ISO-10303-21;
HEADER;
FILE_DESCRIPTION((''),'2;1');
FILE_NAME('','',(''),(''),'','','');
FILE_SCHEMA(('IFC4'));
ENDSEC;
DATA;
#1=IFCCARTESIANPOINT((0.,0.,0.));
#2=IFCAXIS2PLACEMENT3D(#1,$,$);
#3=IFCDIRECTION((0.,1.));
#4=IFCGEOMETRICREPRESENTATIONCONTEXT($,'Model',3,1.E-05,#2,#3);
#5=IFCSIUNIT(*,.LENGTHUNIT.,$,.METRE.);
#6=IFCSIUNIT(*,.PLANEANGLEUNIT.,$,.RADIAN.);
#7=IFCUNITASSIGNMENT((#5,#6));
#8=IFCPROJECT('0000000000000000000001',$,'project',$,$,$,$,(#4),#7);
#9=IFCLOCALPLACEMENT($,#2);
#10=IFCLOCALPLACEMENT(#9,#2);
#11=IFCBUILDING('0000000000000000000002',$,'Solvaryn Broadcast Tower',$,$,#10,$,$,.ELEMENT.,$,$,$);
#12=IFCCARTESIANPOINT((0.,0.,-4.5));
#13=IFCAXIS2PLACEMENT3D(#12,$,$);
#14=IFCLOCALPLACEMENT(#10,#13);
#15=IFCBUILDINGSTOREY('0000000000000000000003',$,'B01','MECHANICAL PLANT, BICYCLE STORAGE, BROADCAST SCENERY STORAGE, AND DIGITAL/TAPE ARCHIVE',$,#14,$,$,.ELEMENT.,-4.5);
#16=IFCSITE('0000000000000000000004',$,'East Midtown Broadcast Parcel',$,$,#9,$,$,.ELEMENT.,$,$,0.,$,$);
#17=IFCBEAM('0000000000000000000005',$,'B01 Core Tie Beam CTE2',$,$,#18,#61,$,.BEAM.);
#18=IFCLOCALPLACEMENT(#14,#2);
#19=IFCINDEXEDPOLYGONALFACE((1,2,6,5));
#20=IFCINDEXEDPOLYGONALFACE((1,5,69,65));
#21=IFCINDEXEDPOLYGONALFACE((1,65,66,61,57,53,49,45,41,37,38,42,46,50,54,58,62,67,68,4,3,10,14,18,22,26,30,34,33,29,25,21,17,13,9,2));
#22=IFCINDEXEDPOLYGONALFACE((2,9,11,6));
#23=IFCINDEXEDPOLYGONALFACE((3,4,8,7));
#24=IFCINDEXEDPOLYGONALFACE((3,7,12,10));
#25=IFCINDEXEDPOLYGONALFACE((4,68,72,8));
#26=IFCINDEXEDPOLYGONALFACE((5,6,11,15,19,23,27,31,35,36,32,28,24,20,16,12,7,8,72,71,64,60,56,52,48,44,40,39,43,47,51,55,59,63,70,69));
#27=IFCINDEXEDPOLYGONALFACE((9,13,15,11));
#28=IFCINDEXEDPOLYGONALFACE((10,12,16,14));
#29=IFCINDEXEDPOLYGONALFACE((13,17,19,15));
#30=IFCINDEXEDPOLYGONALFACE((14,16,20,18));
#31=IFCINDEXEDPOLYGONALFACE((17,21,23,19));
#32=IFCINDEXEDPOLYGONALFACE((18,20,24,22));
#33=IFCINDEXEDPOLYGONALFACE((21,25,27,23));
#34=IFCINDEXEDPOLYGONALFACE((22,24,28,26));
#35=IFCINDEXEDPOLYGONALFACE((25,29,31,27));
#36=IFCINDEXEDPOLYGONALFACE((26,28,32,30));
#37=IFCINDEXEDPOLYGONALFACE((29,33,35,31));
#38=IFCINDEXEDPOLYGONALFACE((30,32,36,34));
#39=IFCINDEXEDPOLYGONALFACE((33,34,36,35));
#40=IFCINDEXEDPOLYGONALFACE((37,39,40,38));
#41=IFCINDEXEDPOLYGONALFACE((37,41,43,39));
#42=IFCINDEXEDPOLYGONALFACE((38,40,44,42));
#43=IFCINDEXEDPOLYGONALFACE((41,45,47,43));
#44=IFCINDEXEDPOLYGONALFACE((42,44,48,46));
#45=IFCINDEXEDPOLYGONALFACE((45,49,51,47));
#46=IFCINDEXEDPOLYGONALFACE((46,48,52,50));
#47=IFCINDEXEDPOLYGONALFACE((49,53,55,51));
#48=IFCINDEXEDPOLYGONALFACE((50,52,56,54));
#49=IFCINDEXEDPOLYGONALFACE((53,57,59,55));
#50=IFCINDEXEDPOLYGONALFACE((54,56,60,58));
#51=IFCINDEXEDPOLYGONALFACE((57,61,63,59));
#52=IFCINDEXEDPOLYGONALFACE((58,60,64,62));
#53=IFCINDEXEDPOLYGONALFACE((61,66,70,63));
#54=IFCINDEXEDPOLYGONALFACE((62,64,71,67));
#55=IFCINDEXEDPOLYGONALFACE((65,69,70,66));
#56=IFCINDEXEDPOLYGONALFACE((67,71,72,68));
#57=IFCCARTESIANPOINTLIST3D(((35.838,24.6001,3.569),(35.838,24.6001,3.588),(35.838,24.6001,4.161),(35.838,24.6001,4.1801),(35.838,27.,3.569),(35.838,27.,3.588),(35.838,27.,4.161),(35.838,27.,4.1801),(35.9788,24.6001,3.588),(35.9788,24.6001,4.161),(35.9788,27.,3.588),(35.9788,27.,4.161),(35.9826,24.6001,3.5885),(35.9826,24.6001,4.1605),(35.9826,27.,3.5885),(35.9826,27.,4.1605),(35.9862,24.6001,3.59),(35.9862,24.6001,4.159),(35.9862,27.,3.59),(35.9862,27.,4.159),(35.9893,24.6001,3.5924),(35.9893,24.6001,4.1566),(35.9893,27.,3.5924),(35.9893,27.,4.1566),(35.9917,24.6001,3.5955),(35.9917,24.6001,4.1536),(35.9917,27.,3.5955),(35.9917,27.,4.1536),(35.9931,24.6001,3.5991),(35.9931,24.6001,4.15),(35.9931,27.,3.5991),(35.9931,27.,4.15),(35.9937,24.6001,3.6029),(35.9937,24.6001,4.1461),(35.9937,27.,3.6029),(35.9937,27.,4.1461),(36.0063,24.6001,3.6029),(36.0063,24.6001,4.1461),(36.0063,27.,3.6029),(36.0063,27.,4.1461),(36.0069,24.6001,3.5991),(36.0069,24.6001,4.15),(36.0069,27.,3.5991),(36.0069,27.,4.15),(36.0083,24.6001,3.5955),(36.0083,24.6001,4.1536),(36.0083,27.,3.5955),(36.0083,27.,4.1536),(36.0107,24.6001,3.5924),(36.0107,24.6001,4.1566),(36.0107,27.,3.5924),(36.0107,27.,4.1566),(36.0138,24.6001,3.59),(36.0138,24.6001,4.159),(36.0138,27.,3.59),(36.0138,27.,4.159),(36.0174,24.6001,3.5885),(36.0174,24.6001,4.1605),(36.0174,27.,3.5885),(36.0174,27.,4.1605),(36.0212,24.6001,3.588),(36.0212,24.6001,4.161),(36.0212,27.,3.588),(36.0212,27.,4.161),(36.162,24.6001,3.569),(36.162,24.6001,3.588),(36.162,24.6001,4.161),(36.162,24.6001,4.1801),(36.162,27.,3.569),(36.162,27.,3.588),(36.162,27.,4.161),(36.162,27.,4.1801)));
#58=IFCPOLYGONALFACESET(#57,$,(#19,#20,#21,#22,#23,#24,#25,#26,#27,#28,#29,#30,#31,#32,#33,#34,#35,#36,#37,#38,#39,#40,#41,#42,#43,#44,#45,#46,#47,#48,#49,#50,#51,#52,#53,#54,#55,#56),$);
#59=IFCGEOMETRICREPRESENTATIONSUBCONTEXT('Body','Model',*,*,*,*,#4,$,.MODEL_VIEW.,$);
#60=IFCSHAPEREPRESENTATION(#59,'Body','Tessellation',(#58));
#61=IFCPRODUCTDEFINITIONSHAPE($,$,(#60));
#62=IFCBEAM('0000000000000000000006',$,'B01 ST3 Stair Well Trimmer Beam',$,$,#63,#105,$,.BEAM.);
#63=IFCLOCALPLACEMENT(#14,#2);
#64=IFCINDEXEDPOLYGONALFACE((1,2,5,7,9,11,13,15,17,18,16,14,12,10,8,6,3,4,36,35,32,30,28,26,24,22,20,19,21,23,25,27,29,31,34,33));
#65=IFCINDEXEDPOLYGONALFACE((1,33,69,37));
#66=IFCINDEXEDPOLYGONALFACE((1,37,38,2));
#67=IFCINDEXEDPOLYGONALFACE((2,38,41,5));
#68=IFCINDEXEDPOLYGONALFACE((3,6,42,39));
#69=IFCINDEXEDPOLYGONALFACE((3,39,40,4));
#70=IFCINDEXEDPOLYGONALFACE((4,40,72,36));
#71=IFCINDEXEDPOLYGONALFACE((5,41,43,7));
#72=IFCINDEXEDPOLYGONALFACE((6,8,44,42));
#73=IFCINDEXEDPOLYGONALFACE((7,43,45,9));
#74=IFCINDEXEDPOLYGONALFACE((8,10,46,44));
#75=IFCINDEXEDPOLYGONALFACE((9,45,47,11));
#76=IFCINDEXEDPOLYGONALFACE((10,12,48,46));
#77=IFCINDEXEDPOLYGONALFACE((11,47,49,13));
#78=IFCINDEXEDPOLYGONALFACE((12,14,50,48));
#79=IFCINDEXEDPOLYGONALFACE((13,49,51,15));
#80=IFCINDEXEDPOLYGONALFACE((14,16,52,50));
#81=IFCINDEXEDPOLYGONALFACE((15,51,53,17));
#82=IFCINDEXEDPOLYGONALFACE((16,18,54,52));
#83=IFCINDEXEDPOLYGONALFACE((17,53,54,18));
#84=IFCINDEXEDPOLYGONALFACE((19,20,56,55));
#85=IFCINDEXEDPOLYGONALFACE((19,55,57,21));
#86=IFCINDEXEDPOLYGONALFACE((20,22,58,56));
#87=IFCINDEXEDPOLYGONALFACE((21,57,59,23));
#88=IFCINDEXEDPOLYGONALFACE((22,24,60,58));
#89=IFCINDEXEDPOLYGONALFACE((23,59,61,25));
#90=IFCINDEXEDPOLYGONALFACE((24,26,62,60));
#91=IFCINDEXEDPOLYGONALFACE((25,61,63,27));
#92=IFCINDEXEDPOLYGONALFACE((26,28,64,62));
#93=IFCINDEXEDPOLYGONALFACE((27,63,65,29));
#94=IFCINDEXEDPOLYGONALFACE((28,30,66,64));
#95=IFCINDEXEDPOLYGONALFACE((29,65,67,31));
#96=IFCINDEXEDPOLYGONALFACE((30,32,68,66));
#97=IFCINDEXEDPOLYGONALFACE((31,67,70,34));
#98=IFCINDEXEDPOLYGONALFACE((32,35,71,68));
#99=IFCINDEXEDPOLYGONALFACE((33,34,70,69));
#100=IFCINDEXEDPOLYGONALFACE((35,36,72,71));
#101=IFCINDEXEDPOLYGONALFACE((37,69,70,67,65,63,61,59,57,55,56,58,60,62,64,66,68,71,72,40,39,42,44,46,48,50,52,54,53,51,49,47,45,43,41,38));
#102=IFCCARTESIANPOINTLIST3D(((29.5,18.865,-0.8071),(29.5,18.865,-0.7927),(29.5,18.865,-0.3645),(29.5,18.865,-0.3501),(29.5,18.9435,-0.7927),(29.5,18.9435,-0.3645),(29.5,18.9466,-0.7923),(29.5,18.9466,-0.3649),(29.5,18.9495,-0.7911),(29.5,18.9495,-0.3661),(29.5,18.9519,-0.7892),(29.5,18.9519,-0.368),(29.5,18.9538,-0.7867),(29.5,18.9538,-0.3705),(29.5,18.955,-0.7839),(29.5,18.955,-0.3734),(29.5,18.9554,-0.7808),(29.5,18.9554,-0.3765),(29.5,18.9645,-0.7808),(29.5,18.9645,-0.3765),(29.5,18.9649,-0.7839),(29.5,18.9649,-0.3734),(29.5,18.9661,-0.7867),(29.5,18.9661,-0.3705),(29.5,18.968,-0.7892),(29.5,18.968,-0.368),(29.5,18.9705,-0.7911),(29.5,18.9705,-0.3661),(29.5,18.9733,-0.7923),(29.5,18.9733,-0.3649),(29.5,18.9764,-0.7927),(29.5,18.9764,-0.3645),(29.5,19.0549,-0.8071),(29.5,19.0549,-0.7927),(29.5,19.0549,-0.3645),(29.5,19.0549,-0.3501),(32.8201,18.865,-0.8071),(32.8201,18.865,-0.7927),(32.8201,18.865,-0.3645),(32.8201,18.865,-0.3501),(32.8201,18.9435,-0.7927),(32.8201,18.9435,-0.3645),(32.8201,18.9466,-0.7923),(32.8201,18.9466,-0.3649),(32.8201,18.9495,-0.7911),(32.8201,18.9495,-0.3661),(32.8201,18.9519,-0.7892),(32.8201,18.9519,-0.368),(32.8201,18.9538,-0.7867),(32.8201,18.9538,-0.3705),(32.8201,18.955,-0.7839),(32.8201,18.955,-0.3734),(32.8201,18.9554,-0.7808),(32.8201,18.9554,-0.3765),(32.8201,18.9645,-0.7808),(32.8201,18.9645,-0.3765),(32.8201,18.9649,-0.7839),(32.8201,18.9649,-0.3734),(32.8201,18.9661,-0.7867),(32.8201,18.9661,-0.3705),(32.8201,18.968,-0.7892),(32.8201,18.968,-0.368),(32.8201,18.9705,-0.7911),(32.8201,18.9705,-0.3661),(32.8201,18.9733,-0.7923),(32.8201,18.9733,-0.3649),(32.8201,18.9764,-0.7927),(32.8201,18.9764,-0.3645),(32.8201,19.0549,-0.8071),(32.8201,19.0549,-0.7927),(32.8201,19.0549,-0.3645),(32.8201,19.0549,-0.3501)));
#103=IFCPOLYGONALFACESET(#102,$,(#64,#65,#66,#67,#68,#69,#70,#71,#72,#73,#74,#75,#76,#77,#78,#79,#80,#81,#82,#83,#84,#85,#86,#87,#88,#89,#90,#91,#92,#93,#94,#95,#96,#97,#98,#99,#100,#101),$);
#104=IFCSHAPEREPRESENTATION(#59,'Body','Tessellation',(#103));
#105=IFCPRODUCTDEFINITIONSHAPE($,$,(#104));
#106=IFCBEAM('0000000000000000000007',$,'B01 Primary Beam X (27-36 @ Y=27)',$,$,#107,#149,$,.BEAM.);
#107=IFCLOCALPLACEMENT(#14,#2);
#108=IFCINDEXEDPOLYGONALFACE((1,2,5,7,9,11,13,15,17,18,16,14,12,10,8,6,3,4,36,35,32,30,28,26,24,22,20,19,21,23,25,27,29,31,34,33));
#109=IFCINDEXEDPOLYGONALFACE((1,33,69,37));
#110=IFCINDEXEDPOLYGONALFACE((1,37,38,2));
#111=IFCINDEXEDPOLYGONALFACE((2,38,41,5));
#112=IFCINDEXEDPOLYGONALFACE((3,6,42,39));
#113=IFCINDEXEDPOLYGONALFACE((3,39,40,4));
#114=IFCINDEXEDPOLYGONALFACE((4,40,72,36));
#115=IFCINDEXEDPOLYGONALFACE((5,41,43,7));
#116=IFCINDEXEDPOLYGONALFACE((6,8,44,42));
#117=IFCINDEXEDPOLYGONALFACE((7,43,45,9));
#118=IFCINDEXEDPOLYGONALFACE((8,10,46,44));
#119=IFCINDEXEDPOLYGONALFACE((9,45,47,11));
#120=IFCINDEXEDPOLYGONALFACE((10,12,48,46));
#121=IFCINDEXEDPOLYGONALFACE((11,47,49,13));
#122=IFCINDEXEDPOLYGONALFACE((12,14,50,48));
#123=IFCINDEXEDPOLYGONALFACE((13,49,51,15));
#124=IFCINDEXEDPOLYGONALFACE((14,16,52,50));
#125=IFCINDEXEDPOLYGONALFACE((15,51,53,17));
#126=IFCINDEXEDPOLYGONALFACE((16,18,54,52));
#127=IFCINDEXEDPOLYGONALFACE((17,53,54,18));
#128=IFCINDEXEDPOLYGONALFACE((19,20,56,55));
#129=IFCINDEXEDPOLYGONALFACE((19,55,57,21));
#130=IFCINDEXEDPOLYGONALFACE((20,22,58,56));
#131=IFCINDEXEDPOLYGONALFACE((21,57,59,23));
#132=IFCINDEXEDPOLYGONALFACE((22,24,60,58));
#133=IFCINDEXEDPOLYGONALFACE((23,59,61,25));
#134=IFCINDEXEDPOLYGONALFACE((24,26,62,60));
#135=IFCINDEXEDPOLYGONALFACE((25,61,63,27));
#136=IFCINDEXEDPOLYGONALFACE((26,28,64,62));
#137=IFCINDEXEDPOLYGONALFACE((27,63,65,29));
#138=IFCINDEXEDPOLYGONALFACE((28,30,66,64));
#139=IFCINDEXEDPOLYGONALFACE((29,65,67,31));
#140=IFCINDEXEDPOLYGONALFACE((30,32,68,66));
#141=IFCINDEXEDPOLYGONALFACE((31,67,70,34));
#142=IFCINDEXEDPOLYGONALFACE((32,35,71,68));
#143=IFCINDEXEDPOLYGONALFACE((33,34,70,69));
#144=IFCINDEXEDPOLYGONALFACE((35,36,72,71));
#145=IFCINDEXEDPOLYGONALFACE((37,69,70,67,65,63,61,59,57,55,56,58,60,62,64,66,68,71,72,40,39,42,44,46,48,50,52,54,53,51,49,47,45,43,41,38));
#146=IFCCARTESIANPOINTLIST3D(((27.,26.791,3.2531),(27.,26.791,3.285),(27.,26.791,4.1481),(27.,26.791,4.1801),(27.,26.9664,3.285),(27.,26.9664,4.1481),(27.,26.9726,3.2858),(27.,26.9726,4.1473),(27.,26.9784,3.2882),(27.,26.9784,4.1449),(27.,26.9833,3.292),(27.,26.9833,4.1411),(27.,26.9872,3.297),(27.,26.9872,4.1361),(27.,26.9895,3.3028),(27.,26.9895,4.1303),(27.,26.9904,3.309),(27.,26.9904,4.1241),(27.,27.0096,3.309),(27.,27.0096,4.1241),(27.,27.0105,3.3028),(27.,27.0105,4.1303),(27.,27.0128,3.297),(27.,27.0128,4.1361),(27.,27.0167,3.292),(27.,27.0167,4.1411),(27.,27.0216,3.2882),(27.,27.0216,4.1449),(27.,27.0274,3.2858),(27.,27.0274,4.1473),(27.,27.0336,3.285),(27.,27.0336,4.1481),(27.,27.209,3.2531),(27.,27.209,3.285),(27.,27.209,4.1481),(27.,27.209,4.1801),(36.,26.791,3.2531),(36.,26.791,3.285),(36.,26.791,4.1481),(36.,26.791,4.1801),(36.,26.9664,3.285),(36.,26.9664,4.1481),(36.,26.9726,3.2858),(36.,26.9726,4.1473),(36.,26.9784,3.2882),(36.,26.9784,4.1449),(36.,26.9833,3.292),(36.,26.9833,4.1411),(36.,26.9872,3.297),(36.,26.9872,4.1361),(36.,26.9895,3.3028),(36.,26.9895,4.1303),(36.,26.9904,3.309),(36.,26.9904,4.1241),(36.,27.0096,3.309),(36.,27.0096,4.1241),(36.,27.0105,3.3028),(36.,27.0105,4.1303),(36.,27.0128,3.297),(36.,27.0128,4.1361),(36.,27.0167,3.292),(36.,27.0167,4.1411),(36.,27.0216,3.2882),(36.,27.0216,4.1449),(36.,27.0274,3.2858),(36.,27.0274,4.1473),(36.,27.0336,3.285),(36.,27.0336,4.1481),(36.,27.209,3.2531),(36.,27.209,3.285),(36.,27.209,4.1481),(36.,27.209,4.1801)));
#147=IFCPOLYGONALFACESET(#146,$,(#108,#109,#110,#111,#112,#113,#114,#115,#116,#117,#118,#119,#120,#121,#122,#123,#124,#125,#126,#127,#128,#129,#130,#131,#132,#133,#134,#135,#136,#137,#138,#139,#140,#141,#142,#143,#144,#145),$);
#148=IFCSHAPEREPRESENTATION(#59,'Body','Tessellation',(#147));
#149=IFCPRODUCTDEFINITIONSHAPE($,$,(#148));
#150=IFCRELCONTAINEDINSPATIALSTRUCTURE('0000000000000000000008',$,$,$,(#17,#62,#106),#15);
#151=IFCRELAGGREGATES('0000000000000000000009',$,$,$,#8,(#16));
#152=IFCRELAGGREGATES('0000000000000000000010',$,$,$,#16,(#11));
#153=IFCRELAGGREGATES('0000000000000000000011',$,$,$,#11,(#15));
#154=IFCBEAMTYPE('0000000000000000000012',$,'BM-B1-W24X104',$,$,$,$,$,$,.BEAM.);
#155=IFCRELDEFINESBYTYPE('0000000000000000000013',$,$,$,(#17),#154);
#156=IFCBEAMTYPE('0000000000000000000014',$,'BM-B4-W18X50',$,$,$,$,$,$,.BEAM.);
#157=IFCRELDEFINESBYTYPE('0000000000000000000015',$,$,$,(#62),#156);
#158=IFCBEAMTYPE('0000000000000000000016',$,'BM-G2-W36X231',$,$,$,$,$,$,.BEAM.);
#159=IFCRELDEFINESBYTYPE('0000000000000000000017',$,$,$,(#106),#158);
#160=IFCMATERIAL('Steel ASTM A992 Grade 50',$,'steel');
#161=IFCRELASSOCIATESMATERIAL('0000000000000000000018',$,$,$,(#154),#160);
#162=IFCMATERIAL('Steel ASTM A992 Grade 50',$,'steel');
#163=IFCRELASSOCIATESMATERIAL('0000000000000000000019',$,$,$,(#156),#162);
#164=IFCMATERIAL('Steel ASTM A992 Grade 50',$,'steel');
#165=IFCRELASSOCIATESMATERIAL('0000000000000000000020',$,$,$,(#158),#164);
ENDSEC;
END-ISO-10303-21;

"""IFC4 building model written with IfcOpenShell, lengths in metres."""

from ifc_helpers import new_model, si_unit, direction, frame, origin, origin_2d, place, context, subcontext, project, spatial, i_section, extrude, material, material_profile, profile_set, type_object, element, save


model = new_model("IFC4")

# Units and contexts
model_context = context("Model", 3, precision=1e-05, world=origin(), true_north=direction((0.0, 1.0)))
body_context = subcontext(model_context, "Body", "Model", "MODEL_VIEW")
ifc_project = project(units=[si_unit("LENGTHUNIT", "METRE"), si_unit("PLANEANGLEUNIT", "RADIAN")], contexts=[model_context])

# Site, building, storey
site_placement = place(None, origin())
site = spatial("IfcSite", under=ifc_project, at=site_placement, Name="East Midtown Broadcast Parcel", CompositionType="ELEMENT", RefElevation=0.0)
building_placement = place(site_placement, origin())
building = spatial("IfcBuilding", under=site, at=building_placement, Name="Solvaryn Broadcast Tower", CompositionType="ELEMENT")
storey_placement = place(building_placement, frame((0.0, 0.0, -4.5)))
storey = spatial("IfcBuildingStorey", under=building, at=storey_placement, Name="B01", Description="MECHANICAL PLANT, BICYCLE STORAGE, BROADCAST SCENERY STORAGE, AND DIGITAL/TAPE ARCHIVE", CompositionType="ELEMENT", Elevation=-4.5)

# Beams
ifc_material_1 = material(Name="Steel ASTM A992 Grade 50", Category="steel")
ifc_material_profile_1 = material_profile(ifc_material_1, i_section(OverallWidth=0.324, OverallDepth=0.6111, WebThickness=0.0127, FlangeThickness=0.019, FilletRadius=0.0149, at=origin_2d()))
ifc_profile_set_1 = profile_set([ifc_material_profile_1], Name="Steel ASTM A992 Grade 50")
beam_type_1 = type_object("IfcBeamType", Name="BM-B1-W24X104", PredefinedType="BEAM", material=ifc_profile_set_1)
beam_1_placement = place(storey_placement, frame((36.0, 24.6001, 3.8745), z_axis=(0.0, 1.0, 0.0), x_axis=(-1.0, 0.0, 0.0)))
element("IfcBeam", 1, at=beam_1_placement, inside=storey, type_object=beam_type_1, Name="B01 Core Tie Beam CTE2", PredefinedType="BEAM", context=body_context, shape_type="SweptSolid", body=[
    extrude(i_section(OverallWidth=0.324, OverallDepth=0.6111, WebThickness=0.0127, FlangeThickness=0.019, FilletRadius=0.0149, at=origin_2d()), origin(), (0.0, 0.0, 1.0), 2.3999),
])
ifc_material_2 = material(Name="Steel ASTM A992 Grade 50", Category="steel")
ifc_material_profile_2 = material_profile(ifc_material_2, i_section(OverallWidth=0.1899, OverallDepth=0.457, WebThickness=0.009, FlangeThickness=0.0144, FilletRadius=0.012, at=origin_2d()))
ifc_profile_set_2 = profile_set([ifc_material_profile_2], Name="Steel ASTM A992 Grade 50")
beam_type_2 = type_object("IfcBeamType", Name="BM-B4-W18X50", PredefinedType="BEAM", material=ifc_profile_set_2)
beam_2_placement = place(storey_placement, frame((29.5, 18.96, -0.5786), z_axis=(1.0, 0.0, 0.0), x_axis=(0.0, 1.0, 0.0)))
element("IfcBeam", 2, at=beam_2_placement, inside=storey, type_object=beam_type_2, Name="B01 ST3 Stair Well Trimmer Beam", PredefinedType="BEAM", context=body_context, shape_type="SweptSolid", body=[
    extrude(i_section(OverallWidth=0.1899, OverallDepth=0.457, WebThickness=0.009, FlangeThickness=0.0144, FilletRadius=0.012, at=origin_2d()), origin(), (0.0, 0.0, 1.0), 3.3201),
])
ifc_material_3 = material(Name="Steel ASTM A992 Grade 50", Category="steel")
ifc_material_profile_3 = material_profile(ifc_material_3, i_section(OverallWidth=0.418, OverallDepth=0.927, WebThickness=0.0193, FlangeThickness=0.032, FilletRadius=0.0239, at=origin_2d()))
ifc_profile_set_3 = profile_set([ifc_material_profile_3], Name="Steel ASTM A992 Grade 50")
beam_type_3 = type_object("IfcBeamType", Name="BM-G2-W36X231", PredefinedType="BEAM", material=ifc_profile_set_3)
beam_3_placement = place(storey_placement, frame((27.0, 27.0, 3.7166), z_axis=(1.0, 0.0, 0.0), x_axis=(0.0, 1.0, 0.0)))
element("IfcBeam", 3, at=beam_3_placement, inside=storey, type_object=beam_type_3, Name="B01 Primary Beam X (27-36 @ Y=27)", PredefinedType="BEAM", context=body_context, shape_type="SweptSolid", body=[
    extrude(i_section(OverallWidth=0.418, OverallDepth=0.927, WebThickness=0.0193, FlangeThickness=0.032, FilletRadius=0.0239, at=origin_2d()), origin(), (0.0, 0.0, 1.0), 9.0),
])

save(model, "model.ifc")
